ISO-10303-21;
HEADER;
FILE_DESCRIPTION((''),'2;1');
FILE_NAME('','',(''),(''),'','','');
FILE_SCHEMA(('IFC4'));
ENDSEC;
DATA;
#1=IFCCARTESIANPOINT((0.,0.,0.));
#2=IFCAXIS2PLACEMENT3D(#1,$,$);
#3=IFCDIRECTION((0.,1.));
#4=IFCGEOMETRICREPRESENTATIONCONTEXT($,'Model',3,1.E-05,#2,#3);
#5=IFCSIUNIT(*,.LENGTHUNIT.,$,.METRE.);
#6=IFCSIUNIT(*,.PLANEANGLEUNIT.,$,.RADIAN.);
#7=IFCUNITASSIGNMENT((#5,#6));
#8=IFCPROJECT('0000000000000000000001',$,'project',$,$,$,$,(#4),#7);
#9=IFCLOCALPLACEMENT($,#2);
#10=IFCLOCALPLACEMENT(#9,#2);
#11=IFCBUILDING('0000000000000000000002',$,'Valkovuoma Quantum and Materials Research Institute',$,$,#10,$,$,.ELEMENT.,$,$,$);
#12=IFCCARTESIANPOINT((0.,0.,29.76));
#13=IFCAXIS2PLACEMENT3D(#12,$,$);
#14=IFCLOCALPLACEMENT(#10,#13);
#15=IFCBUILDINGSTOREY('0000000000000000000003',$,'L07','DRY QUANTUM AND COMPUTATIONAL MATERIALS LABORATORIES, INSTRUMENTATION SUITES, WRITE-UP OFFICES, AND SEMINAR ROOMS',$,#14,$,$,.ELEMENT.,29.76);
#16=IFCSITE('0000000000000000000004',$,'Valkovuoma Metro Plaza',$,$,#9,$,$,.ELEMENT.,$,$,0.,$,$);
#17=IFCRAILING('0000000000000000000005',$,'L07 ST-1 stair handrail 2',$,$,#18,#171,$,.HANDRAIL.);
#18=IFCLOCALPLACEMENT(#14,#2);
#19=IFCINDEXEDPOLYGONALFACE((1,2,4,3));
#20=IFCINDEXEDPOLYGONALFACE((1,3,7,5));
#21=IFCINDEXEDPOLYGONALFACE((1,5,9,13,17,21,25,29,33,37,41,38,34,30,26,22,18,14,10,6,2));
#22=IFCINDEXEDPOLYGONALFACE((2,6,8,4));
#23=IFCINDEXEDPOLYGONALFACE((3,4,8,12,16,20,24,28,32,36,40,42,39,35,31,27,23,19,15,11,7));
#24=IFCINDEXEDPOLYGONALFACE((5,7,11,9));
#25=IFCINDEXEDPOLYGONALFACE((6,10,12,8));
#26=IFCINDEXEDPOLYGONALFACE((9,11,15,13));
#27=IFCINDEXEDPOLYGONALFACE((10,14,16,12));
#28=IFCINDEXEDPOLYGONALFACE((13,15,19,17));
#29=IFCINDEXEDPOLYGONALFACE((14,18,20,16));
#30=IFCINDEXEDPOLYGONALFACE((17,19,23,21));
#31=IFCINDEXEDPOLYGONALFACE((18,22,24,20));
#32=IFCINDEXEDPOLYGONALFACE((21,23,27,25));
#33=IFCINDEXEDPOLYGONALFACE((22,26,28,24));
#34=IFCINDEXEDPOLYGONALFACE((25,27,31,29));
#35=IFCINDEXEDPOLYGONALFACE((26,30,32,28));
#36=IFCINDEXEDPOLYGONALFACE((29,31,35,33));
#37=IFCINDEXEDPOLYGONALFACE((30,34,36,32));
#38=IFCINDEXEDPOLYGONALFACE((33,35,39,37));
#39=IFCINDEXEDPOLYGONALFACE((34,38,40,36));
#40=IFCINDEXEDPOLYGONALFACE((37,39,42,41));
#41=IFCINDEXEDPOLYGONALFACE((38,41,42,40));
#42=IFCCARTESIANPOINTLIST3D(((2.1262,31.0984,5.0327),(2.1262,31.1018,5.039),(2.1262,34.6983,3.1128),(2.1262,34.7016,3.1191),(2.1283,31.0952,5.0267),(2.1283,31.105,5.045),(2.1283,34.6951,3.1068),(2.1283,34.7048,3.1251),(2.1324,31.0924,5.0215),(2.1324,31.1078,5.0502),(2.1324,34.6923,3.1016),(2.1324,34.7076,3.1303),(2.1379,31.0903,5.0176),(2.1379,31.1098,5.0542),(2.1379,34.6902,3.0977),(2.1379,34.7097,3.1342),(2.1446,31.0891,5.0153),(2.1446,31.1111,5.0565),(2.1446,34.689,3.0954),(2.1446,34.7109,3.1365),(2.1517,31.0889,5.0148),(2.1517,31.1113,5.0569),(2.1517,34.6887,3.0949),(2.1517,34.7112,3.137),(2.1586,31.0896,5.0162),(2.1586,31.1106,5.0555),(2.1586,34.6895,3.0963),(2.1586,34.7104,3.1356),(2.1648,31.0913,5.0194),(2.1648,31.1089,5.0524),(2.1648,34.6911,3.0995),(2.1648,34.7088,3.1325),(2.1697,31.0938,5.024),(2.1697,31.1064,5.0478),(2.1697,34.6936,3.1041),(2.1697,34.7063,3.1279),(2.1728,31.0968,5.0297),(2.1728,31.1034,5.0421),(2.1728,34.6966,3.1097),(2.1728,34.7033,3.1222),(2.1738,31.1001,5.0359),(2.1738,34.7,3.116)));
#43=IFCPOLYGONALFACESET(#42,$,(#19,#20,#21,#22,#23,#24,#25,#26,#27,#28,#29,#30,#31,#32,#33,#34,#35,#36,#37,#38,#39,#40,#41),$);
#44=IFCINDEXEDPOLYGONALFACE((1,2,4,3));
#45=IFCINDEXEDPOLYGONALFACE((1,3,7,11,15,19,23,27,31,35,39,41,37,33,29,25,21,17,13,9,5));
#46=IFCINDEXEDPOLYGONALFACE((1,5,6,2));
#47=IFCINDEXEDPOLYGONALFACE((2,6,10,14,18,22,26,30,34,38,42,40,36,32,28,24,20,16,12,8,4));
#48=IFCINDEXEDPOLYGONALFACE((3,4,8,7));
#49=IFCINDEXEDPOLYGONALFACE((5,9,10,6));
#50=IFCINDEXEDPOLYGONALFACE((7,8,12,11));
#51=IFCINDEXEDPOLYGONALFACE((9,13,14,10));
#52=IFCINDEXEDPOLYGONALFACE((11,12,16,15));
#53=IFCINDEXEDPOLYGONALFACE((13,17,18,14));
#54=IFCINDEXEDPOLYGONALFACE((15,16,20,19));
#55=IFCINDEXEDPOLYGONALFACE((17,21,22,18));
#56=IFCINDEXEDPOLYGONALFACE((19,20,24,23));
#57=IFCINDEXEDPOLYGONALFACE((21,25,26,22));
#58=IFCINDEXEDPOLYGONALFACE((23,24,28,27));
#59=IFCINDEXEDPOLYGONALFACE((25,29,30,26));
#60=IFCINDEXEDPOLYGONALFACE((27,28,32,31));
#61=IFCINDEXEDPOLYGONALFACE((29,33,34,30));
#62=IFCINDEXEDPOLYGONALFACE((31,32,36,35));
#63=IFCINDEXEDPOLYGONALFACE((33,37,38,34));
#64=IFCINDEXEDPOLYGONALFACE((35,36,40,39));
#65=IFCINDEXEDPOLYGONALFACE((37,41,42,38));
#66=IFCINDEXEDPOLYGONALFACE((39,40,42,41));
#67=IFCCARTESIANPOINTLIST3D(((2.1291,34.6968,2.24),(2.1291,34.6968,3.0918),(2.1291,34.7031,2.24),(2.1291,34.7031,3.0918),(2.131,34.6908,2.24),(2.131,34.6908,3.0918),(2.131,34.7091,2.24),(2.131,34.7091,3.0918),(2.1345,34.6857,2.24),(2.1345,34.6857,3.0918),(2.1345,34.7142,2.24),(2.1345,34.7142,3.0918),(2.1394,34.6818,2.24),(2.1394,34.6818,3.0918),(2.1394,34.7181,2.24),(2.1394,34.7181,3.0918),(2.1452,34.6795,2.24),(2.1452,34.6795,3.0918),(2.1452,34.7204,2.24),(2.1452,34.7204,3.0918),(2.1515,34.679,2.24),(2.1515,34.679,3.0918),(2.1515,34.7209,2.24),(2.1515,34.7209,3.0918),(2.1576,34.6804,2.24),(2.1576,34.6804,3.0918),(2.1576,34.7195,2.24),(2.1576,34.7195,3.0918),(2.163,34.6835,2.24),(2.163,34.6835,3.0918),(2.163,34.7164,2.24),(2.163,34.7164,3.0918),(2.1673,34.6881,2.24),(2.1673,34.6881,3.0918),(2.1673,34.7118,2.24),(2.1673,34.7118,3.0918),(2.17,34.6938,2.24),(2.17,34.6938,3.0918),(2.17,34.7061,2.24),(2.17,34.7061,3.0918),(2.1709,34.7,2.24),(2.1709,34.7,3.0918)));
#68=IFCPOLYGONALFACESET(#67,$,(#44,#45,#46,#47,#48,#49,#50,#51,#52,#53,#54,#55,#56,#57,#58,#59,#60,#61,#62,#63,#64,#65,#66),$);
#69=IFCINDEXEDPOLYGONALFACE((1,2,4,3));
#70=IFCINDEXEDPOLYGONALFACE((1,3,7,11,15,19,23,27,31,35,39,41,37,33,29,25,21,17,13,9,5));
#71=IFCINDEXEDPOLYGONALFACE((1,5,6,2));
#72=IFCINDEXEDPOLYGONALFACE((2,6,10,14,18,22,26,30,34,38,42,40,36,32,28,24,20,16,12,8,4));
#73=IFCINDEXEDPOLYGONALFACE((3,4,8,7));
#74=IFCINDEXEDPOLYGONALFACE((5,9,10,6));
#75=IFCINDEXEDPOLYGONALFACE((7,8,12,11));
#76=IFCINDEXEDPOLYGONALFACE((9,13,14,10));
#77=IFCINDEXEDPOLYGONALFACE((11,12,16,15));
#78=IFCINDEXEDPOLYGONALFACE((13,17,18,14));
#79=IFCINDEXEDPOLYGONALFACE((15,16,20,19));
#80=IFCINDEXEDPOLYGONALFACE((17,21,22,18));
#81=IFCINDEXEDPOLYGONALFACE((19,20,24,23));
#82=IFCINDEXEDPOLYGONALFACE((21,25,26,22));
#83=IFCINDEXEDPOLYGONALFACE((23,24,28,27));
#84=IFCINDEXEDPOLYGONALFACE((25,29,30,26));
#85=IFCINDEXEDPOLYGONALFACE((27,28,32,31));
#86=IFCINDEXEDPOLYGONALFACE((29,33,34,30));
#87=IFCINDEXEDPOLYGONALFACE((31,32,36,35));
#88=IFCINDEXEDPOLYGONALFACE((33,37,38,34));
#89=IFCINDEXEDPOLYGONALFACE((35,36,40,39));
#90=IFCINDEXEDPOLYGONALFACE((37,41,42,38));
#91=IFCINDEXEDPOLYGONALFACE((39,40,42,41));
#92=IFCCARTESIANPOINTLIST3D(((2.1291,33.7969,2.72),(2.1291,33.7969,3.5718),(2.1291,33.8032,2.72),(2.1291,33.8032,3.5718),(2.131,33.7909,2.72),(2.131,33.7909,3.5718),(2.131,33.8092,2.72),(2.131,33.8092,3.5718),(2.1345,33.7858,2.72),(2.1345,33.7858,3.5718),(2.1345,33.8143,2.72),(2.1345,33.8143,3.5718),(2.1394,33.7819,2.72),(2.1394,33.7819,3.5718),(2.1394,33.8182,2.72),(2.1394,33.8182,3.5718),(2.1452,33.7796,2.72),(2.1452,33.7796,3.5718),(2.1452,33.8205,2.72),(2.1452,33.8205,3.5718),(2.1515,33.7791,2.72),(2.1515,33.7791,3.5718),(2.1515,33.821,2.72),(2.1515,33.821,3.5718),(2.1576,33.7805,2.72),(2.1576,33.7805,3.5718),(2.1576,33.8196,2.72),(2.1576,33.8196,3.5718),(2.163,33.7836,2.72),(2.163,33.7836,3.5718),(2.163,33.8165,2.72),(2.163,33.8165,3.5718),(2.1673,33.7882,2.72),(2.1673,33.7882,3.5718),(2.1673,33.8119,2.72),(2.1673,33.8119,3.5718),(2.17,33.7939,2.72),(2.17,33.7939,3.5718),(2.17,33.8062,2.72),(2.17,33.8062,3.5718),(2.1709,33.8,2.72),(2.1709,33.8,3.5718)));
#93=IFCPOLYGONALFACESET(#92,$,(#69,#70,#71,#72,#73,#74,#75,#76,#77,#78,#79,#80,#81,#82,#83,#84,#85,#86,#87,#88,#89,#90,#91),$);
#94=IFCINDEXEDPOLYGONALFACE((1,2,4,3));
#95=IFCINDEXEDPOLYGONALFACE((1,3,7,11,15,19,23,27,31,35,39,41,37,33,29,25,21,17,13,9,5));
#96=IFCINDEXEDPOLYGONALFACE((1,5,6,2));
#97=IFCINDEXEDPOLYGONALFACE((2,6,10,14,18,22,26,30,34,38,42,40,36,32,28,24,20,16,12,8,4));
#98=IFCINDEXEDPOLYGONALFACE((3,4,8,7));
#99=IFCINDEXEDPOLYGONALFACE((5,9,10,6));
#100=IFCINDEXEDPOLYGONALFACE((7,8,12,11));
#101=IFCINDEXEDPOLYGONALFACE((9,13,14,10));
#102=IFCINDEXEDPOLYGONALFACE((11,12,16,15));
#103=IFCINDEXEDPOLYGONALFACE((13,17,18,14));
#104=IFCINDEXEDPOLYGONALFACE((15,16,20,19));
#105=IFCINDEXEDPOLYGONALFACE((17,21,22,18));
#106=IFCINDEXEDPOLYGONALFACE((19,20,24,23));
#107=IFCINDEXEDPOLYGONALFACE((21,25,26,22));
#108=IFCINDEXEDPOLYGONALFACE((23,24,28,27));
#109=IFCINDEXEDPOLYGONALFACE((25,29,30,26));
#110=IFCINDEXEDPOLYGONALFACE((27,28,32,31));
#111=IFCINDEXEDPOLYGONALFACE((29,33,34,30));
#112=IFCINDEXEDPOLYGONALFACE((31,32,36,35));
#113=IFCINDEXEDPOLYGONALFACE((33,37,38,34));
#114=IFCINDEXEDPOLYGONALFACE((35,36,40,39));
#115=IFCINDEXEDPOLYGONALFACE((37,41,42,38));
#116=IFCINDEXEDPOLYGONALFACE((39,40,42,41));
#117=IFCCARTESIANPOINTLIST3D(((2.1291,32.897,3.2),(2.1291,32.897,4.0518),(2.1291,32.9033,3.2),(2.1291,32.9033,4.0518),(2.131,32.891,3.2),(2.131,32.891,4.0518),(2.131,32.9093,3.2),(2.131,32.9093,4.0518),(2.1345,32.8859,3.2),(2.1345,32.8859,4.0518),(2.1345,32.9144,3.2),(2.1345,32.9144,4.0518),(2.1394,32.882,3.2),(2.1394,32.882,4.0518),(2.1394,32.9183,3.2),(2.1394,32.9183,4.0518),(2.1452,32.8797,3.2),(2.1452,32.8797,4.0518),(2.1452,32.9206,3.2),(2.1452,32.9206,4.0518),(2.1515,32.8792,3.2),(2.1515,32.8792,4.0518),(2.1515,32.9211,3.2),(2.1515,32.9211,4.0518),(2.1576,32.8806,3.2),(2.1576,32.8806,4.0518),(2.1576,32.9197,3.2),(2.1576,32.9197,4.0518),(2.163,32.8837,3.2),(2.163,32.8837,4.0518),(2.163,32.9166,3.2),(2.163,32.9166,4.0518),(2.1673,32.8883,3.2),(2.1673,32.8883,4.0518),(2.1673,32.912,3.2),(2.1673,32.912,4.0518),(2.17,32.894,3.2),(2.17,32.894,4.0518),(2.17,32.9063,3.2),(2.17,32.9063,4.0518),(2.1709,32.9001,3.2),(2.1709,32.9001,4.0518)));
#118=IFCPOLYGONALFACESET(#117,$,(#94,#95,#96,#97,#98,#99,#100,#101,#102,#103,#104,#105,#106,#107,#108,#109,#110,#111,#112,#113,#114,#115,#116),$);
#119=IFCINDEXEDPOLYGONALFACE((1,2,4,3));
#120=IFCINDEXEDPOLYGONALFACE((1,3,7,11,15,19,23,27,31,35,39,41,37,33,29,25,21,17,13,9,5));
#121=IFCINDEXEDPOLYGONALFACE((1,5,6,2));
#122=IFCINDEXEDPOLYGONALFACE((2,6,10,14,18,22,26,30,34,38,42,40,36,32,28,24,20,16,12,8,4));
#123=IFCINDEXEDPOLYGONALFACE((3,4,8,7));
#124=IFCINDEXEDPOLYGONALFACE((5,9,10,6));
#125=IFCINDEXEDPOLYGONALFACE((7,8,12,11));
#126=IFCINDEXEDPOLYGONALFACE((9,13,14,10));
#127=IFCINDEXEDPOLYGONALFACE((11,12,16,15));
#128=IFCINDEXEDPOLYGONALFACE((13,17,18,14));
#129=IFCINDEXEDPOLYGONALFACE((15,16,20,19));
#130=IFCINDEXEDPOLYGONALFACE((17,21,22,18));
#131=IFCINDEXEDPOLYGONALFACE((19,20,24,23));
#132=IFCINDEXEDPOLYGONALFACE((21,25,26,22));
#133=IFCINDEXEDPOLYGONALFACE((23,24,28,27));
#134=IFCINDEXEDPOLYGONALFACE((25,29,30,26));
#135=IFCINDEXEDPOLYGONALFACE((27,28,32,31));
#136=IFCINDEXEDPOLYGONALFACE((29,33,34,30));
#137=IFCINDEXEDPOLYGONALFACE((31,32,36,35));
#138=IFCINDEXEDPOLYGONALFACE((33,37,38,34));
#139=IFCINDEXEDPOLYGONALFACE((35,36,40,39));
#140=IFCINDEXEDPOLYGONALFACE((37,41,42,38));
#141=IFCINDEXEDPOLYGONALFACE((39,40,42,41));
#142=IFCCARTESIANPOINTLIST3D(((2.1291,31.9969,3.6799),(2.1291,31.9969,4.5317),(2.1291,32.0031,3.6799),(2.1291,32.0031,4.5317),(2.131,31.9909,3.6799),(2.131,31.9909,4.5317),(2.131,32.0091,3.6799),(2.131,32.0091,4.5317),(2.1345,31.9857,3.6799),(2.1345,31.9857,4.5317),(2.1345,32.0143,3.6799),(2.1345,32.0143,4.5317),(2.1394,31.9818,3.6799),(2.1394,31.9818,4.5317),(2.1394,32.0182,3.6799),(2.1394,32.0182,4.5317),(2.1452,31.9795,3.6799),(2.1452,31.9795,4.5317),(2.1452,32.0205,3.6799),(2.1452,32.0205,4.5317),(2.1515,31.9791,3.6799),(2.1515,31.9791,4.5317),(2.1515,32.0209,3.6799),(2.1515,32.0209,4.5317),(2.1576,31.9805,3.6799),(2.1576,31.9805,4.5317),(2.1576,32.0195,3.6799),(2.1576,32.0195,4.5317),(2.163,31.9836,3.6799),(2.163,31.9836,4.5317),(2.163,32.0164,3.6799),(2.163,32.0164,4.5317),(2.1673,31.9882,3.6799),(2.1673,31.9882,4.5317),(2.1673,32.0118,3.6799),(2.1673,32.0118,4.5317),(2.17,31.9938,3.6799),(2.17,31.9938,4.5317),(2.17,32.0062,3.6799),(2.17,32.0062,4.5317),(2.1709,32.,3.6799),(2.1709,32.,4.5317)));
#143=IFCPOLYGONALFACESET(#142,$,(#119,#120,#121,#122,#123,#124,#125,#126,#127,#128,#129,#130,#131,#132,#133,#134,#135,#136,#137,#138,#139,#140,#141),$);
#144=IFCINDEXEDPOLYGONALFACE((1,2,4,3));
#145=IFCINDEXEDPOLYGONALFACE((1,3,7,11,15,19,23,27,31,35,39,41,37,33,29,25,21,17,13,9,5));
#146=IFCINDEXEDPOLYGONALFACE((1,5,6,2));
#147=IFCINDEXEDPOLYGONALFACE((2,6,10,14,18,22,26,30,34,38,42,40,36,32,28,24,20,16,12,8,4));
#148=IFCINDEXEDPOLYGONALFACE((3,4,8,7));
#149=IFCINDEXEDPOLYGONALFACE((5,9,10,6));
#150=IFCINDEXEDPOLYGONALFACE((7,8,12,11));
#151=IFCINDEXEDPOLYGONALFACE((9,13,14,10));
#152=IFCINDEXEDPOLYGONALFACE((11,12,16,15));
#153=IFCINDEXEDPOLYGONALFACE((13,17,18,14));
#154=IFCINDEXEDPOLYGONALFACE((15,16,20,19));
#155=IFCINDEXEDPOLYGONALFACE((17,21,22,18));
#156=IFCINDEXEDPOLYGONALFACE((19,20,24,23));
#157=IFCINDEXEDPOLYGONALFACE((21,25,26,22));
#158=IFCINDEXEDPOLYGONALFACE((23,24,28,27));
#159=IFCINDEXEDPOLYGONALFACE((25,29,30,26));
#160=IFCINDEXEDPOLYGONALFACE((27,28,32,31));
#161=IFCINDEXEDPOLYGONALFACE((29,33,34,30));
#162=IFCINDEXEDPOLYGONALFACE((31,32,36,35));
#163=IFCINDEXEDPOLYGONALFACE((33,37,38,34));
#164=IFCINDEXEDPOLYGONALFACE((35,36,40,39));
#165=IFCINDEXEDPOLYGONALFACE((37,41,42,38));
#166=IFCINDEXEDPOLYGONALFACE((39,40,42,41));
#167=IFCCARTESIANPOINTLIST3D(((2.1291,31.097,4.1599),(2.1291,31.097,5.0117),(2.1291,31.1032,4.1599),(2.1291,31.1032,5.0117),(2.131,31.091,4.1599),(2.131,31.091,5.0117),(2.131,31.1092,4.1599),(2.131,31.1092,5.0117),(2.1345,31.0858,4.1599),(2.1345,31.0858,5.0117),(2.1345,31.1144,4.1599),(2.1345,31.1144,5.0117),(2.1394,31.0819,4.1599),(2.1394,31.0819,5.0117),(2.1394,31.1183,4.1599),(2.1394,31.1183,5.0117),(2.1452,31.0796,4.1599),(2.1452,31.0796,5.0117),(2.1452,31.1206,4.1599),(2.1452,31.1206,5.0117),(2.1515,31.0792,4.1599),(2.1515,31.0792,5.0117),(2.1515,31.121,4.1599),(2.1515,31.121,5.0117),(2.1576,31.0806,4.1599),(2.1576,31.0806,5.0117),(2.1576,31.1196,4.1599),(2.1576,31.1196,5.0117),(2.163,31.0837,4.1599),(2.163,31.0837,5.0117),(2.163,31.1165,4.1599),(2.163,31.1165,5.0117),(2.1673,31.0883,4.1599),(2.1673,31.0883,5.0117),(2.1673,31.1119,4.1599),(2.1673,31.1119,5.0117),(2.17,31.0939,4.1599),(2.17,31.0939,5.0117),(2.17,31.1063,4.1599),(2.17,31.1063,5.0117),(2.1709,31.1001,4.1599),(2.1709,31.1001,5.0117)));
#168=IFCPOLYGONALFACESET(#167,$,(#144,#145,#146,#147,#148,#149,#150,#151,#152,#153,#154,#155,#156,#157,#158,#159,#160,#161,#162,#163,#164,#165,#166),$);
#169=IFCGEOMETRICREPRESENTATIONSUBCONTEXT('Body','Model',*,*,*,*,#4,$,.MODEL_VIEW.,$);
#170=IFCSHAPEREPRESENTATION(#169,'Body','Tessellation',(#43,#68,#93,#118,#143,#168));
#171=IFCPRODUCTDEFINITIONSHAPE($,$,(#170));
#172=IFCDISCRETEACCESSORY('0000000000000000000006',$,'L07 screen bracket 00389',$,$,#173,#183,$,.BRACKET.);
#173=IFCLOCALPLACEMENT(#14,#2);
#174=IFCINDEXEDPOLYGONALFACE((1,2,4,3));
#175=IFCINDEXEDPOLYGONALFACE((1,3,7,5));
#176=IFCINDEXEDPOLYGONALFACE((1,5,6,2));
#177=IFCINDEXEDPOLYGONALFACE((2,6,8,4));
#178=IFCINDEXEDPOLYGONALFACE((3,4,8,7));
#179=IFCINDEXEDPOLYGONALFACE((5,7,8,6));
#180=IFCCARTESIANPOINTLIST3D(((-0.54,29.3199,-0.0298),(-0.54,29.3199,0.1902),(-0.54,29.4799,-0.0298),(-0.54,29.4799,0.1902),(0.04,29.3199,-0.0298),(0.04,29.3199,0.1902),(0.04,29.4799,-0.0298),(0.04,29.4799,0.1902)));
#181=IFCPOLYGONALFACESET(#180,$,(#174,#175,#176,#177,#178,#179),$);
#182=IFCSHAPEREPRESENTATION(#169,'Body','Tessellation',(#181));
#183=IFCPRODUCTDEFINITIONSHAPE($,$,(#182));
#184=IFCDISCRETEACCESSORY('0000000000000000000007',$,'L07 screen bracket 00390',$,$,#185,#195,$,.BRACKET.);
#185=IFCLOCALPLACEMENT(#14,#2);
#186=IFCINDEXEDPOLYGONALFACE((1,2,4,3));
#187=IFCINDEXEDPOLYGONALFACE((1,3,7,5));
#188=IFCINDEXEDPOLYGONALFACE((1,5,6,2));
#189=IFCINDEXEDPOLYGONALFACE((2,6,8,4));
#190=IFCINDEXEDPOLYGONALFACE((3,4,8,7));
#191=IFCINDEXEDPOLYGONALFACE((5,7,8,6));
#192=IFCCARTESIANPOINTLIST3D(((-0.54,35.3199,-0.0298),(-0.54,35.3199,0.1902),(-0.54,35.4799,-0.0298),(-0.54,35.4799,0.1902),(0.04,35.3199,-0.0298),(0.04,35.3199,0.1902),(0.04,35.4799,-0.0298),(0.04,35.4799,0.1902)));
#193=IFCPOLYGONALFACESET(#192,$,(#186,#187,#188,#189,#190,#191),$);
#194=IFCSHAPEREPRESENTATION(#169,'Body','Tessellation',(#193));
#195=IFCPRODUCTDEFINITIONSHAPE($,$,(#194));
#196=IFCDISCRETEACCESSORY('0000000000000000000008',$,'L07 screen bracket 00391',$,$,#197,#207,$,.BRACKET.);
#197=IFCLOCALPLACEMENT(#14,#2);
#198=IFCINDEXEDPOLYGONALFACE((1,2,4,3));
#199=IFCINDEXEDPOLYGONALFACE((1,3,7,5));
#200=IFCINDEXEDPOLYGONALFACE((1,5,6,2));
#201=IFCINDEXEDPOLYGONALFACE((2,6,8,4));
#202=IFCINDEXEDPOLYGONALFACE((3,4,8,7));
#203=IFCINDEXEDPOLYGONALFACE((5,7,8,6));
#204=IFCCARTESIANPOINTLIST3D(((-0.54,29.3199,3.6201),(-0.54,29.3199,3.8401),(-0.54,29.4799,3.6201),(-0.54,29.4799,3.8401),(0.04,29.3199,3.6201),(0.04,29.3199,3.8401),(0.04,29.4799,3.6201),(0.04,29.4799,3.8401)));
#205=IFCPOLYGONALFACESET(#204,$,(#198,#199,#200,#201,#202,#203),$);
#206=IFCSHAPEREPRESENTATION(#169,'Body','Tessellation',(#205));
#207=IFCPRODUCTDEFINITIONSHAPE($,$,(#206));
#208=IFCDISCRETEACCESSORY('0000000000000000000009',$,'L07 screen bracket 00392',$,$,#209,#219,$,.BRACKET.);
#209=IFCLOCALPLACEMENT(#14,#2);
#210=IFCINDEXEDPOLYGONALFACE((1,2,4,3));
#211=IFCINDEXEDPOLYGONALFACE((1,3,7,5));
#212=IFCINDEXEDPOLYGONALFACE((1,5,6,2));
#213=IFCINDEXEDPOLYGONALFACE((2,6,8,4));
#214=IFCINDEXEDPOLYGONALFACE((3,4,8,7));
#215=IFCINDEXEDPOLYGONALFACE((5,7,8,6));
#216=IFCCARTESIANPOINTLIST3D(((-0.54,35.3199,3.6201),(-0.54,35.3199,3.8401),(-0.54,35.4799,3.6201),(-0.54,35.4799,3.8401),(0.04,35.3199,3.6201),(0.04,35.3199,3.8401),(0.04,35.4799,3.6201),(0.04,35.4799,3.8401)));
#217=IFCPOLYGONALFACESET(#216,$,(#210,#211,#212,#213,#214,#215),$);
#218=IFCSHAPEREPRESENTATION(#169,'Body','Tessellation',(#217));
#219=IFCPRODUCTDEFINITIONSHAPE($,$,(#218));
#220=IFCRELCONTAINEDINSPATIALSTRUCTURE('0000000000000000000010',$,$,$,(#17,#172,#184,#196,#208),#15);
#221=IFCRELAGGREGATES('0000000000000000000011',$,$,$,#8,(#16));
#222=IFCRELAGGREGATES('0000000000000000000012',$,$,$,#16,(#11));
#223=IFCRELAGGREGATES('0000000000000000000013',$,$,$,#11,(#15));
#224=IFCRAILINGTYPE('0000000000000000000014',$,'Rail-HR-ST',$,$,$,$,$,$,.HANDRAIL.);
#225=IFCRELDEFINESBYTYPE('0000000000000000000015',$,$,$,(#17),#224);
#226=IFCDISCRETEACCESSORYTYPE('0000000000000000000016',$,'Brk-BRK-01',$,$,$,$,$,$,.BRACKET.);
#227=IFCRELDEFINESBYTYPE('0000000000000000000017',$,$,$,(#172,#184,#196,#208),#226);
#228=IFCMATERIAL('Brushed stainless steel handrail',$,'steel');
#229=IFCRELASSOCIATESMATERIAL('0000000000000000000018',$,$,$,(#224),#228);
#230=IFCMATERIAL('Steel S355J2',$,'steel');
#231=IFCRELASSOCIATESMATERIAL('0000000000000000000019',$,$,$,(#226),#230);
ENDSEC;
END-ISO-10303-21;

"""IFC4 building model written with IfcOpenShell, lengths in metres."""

from ifc_helpers import new_model, si_unit, direction, frame, origin, origin_2d, place, context, subcontext, project, spatial, rectangle, circle, extrude, material, type_object, element, save


model = new_model("IFC4")

# Units and contexts
model_context = context("Model", 3, precision=1e-05, world=origin(), true_north=direction((0.0, 1.0)))
body_context = subcontext(model_context, "Body", "Model", "MODEL_VIEW")
ifc_project = project(units=[si_unit("LENGTHUNIT", "METRE"), si_unit("PLANEANGLEUNIT", "RADIAN")], contexts=[model_context])

# Site, building, storey
site_placement = place(None, origin())
site = spatial("IfcSite", under=ifc_project, at=site_placement, Name="Valkovuoma Metro Plaza", CompositionType="ELEMENT", RefElevation=0.0)
building_placement = place(site_placement, origin())
building = spatial("IfcBuilding", under=site, at=building_placement, Name="Valkovuoma Quantum and Materials Research Institute", CompositionType="ELEMENT")
storey_placement = place(building_placement, frame((0.0, 0.0, 29.76)))
storey = spatial("IfcBuildingStorey", under=building, at=storey_placement, Name="L07", Description="DRY QUANTUM AND COMPUTATIONAL MATERIALS LABORATORIES, INSTRUMENTATION SUITES, WRITE-UP OFFICES, AND SEMINAR ROOMS", CompositionType="ELEMENT", Elevation=29.76)

# Railing
ifc_material_1 = material(Name="Brushed stainless steel handrail", Category="steel")
railing_type_1 = type_object("IfcRailingType", Name="Rail-HR-ST", PredefinedType="HANDRAIL", material=ifc_material_1)
railing_1_placement = place(storey_placement, frame((2.1499, 34.7, 2.24)))
element("IfcRailing", 1, at=railing_1_placement, inside=storey, type_object=railing_type_1, Name="L07 ST-1 stair handrail 2", PredefinedType="HANDRAIL", context=body_context, shape_type="SweptSolid", body=[
    extrude(circle(Radius=0.0239, at=origin_2d()), frame((0.0, 0.0, 0.876), z_axis=(0.0, -0.882353, 0.470588), x_axis=(1.0, 0.0, 0.0)), (0.0, 0.0, 1.0), 4.0798),
    extrude(circle(Radius=0.021, at=origin_2d()), origin(), (0.0, 0.0, 1.0), 0.8518),
    extrude(circle(Radius=0.021, at=origin_2d()), frame((0.0, -0.8999, 0.48)), (0.0, 0.0, 1.0), 0.8518),
    extrude(circle(Radius=0.021, at=origin_2d()), frame((0.0, -1.7998, 0.96)), (0.0, 0.0, 1.0), 0.8518),
    extrude(circle(Radius=0.021, at=origin_2d()), frame((0.0, -2.7, 1.4399)), (0.0, 0.0, 1.0), 0.8518),
    extrude(circle(Radius=0.021, at=origin_2d()), frame((0.0, -3.5999, 1.9199)), (0.0, 0.0, 1.0), 0.8518),
])

# Discrete accessories
ifc_material_2 = material(Name="Steel S355J2", Category="steel")
discrete_accessory_type_1 = type_object("IfcDiscreteAccessoryType", Name="Brk-BRK-01", PredefinedType="BRACKET", material=ifc_material_2)
for number, where, z_axis, x_axis, name in (
    (2, (-0.25, 29.3999, -0.0298), (0.0, 0.0, 1.0), (1.0, 0.0, 0.0), "L07 screen bracket 00389"),
    (3, (-0.25, 35.3999, -0.0298), (0.0, 0.0, 1.0), (1.0, 0.0, 0.0), "L07 screen bracket 00390"),
    (4, (-0.25, 29.3999, 3.6201), (0.0, 0.0, 1.0), (1.0, 0.0, 0.0), "L07 screen bracket 00391"),
    (5, (-0.25, 35.3999, 3.6201), (0.0, 0.0, 1.0), (1.0, 0.0, 0.0), "L07 screen bracket 00392"),
):
    element("IfcDiscreteAccessory", number, at=place(storey_placement, frame(where, z_axis=z_axis, x_axis=x_axis)), inside=storey, type_object=discrete_accessory_type_1, Name=name, PredefinedType="BRACKET", context=body_context, shape_type="SweptSolid", body=[
        extrude(rectangle(XDim=0.5801, YDim=0.1599, at=origin_2d()), origin(), (0.0, 0.0, 1.0), 0.22),
    ])

save(model, "model.ifc")
